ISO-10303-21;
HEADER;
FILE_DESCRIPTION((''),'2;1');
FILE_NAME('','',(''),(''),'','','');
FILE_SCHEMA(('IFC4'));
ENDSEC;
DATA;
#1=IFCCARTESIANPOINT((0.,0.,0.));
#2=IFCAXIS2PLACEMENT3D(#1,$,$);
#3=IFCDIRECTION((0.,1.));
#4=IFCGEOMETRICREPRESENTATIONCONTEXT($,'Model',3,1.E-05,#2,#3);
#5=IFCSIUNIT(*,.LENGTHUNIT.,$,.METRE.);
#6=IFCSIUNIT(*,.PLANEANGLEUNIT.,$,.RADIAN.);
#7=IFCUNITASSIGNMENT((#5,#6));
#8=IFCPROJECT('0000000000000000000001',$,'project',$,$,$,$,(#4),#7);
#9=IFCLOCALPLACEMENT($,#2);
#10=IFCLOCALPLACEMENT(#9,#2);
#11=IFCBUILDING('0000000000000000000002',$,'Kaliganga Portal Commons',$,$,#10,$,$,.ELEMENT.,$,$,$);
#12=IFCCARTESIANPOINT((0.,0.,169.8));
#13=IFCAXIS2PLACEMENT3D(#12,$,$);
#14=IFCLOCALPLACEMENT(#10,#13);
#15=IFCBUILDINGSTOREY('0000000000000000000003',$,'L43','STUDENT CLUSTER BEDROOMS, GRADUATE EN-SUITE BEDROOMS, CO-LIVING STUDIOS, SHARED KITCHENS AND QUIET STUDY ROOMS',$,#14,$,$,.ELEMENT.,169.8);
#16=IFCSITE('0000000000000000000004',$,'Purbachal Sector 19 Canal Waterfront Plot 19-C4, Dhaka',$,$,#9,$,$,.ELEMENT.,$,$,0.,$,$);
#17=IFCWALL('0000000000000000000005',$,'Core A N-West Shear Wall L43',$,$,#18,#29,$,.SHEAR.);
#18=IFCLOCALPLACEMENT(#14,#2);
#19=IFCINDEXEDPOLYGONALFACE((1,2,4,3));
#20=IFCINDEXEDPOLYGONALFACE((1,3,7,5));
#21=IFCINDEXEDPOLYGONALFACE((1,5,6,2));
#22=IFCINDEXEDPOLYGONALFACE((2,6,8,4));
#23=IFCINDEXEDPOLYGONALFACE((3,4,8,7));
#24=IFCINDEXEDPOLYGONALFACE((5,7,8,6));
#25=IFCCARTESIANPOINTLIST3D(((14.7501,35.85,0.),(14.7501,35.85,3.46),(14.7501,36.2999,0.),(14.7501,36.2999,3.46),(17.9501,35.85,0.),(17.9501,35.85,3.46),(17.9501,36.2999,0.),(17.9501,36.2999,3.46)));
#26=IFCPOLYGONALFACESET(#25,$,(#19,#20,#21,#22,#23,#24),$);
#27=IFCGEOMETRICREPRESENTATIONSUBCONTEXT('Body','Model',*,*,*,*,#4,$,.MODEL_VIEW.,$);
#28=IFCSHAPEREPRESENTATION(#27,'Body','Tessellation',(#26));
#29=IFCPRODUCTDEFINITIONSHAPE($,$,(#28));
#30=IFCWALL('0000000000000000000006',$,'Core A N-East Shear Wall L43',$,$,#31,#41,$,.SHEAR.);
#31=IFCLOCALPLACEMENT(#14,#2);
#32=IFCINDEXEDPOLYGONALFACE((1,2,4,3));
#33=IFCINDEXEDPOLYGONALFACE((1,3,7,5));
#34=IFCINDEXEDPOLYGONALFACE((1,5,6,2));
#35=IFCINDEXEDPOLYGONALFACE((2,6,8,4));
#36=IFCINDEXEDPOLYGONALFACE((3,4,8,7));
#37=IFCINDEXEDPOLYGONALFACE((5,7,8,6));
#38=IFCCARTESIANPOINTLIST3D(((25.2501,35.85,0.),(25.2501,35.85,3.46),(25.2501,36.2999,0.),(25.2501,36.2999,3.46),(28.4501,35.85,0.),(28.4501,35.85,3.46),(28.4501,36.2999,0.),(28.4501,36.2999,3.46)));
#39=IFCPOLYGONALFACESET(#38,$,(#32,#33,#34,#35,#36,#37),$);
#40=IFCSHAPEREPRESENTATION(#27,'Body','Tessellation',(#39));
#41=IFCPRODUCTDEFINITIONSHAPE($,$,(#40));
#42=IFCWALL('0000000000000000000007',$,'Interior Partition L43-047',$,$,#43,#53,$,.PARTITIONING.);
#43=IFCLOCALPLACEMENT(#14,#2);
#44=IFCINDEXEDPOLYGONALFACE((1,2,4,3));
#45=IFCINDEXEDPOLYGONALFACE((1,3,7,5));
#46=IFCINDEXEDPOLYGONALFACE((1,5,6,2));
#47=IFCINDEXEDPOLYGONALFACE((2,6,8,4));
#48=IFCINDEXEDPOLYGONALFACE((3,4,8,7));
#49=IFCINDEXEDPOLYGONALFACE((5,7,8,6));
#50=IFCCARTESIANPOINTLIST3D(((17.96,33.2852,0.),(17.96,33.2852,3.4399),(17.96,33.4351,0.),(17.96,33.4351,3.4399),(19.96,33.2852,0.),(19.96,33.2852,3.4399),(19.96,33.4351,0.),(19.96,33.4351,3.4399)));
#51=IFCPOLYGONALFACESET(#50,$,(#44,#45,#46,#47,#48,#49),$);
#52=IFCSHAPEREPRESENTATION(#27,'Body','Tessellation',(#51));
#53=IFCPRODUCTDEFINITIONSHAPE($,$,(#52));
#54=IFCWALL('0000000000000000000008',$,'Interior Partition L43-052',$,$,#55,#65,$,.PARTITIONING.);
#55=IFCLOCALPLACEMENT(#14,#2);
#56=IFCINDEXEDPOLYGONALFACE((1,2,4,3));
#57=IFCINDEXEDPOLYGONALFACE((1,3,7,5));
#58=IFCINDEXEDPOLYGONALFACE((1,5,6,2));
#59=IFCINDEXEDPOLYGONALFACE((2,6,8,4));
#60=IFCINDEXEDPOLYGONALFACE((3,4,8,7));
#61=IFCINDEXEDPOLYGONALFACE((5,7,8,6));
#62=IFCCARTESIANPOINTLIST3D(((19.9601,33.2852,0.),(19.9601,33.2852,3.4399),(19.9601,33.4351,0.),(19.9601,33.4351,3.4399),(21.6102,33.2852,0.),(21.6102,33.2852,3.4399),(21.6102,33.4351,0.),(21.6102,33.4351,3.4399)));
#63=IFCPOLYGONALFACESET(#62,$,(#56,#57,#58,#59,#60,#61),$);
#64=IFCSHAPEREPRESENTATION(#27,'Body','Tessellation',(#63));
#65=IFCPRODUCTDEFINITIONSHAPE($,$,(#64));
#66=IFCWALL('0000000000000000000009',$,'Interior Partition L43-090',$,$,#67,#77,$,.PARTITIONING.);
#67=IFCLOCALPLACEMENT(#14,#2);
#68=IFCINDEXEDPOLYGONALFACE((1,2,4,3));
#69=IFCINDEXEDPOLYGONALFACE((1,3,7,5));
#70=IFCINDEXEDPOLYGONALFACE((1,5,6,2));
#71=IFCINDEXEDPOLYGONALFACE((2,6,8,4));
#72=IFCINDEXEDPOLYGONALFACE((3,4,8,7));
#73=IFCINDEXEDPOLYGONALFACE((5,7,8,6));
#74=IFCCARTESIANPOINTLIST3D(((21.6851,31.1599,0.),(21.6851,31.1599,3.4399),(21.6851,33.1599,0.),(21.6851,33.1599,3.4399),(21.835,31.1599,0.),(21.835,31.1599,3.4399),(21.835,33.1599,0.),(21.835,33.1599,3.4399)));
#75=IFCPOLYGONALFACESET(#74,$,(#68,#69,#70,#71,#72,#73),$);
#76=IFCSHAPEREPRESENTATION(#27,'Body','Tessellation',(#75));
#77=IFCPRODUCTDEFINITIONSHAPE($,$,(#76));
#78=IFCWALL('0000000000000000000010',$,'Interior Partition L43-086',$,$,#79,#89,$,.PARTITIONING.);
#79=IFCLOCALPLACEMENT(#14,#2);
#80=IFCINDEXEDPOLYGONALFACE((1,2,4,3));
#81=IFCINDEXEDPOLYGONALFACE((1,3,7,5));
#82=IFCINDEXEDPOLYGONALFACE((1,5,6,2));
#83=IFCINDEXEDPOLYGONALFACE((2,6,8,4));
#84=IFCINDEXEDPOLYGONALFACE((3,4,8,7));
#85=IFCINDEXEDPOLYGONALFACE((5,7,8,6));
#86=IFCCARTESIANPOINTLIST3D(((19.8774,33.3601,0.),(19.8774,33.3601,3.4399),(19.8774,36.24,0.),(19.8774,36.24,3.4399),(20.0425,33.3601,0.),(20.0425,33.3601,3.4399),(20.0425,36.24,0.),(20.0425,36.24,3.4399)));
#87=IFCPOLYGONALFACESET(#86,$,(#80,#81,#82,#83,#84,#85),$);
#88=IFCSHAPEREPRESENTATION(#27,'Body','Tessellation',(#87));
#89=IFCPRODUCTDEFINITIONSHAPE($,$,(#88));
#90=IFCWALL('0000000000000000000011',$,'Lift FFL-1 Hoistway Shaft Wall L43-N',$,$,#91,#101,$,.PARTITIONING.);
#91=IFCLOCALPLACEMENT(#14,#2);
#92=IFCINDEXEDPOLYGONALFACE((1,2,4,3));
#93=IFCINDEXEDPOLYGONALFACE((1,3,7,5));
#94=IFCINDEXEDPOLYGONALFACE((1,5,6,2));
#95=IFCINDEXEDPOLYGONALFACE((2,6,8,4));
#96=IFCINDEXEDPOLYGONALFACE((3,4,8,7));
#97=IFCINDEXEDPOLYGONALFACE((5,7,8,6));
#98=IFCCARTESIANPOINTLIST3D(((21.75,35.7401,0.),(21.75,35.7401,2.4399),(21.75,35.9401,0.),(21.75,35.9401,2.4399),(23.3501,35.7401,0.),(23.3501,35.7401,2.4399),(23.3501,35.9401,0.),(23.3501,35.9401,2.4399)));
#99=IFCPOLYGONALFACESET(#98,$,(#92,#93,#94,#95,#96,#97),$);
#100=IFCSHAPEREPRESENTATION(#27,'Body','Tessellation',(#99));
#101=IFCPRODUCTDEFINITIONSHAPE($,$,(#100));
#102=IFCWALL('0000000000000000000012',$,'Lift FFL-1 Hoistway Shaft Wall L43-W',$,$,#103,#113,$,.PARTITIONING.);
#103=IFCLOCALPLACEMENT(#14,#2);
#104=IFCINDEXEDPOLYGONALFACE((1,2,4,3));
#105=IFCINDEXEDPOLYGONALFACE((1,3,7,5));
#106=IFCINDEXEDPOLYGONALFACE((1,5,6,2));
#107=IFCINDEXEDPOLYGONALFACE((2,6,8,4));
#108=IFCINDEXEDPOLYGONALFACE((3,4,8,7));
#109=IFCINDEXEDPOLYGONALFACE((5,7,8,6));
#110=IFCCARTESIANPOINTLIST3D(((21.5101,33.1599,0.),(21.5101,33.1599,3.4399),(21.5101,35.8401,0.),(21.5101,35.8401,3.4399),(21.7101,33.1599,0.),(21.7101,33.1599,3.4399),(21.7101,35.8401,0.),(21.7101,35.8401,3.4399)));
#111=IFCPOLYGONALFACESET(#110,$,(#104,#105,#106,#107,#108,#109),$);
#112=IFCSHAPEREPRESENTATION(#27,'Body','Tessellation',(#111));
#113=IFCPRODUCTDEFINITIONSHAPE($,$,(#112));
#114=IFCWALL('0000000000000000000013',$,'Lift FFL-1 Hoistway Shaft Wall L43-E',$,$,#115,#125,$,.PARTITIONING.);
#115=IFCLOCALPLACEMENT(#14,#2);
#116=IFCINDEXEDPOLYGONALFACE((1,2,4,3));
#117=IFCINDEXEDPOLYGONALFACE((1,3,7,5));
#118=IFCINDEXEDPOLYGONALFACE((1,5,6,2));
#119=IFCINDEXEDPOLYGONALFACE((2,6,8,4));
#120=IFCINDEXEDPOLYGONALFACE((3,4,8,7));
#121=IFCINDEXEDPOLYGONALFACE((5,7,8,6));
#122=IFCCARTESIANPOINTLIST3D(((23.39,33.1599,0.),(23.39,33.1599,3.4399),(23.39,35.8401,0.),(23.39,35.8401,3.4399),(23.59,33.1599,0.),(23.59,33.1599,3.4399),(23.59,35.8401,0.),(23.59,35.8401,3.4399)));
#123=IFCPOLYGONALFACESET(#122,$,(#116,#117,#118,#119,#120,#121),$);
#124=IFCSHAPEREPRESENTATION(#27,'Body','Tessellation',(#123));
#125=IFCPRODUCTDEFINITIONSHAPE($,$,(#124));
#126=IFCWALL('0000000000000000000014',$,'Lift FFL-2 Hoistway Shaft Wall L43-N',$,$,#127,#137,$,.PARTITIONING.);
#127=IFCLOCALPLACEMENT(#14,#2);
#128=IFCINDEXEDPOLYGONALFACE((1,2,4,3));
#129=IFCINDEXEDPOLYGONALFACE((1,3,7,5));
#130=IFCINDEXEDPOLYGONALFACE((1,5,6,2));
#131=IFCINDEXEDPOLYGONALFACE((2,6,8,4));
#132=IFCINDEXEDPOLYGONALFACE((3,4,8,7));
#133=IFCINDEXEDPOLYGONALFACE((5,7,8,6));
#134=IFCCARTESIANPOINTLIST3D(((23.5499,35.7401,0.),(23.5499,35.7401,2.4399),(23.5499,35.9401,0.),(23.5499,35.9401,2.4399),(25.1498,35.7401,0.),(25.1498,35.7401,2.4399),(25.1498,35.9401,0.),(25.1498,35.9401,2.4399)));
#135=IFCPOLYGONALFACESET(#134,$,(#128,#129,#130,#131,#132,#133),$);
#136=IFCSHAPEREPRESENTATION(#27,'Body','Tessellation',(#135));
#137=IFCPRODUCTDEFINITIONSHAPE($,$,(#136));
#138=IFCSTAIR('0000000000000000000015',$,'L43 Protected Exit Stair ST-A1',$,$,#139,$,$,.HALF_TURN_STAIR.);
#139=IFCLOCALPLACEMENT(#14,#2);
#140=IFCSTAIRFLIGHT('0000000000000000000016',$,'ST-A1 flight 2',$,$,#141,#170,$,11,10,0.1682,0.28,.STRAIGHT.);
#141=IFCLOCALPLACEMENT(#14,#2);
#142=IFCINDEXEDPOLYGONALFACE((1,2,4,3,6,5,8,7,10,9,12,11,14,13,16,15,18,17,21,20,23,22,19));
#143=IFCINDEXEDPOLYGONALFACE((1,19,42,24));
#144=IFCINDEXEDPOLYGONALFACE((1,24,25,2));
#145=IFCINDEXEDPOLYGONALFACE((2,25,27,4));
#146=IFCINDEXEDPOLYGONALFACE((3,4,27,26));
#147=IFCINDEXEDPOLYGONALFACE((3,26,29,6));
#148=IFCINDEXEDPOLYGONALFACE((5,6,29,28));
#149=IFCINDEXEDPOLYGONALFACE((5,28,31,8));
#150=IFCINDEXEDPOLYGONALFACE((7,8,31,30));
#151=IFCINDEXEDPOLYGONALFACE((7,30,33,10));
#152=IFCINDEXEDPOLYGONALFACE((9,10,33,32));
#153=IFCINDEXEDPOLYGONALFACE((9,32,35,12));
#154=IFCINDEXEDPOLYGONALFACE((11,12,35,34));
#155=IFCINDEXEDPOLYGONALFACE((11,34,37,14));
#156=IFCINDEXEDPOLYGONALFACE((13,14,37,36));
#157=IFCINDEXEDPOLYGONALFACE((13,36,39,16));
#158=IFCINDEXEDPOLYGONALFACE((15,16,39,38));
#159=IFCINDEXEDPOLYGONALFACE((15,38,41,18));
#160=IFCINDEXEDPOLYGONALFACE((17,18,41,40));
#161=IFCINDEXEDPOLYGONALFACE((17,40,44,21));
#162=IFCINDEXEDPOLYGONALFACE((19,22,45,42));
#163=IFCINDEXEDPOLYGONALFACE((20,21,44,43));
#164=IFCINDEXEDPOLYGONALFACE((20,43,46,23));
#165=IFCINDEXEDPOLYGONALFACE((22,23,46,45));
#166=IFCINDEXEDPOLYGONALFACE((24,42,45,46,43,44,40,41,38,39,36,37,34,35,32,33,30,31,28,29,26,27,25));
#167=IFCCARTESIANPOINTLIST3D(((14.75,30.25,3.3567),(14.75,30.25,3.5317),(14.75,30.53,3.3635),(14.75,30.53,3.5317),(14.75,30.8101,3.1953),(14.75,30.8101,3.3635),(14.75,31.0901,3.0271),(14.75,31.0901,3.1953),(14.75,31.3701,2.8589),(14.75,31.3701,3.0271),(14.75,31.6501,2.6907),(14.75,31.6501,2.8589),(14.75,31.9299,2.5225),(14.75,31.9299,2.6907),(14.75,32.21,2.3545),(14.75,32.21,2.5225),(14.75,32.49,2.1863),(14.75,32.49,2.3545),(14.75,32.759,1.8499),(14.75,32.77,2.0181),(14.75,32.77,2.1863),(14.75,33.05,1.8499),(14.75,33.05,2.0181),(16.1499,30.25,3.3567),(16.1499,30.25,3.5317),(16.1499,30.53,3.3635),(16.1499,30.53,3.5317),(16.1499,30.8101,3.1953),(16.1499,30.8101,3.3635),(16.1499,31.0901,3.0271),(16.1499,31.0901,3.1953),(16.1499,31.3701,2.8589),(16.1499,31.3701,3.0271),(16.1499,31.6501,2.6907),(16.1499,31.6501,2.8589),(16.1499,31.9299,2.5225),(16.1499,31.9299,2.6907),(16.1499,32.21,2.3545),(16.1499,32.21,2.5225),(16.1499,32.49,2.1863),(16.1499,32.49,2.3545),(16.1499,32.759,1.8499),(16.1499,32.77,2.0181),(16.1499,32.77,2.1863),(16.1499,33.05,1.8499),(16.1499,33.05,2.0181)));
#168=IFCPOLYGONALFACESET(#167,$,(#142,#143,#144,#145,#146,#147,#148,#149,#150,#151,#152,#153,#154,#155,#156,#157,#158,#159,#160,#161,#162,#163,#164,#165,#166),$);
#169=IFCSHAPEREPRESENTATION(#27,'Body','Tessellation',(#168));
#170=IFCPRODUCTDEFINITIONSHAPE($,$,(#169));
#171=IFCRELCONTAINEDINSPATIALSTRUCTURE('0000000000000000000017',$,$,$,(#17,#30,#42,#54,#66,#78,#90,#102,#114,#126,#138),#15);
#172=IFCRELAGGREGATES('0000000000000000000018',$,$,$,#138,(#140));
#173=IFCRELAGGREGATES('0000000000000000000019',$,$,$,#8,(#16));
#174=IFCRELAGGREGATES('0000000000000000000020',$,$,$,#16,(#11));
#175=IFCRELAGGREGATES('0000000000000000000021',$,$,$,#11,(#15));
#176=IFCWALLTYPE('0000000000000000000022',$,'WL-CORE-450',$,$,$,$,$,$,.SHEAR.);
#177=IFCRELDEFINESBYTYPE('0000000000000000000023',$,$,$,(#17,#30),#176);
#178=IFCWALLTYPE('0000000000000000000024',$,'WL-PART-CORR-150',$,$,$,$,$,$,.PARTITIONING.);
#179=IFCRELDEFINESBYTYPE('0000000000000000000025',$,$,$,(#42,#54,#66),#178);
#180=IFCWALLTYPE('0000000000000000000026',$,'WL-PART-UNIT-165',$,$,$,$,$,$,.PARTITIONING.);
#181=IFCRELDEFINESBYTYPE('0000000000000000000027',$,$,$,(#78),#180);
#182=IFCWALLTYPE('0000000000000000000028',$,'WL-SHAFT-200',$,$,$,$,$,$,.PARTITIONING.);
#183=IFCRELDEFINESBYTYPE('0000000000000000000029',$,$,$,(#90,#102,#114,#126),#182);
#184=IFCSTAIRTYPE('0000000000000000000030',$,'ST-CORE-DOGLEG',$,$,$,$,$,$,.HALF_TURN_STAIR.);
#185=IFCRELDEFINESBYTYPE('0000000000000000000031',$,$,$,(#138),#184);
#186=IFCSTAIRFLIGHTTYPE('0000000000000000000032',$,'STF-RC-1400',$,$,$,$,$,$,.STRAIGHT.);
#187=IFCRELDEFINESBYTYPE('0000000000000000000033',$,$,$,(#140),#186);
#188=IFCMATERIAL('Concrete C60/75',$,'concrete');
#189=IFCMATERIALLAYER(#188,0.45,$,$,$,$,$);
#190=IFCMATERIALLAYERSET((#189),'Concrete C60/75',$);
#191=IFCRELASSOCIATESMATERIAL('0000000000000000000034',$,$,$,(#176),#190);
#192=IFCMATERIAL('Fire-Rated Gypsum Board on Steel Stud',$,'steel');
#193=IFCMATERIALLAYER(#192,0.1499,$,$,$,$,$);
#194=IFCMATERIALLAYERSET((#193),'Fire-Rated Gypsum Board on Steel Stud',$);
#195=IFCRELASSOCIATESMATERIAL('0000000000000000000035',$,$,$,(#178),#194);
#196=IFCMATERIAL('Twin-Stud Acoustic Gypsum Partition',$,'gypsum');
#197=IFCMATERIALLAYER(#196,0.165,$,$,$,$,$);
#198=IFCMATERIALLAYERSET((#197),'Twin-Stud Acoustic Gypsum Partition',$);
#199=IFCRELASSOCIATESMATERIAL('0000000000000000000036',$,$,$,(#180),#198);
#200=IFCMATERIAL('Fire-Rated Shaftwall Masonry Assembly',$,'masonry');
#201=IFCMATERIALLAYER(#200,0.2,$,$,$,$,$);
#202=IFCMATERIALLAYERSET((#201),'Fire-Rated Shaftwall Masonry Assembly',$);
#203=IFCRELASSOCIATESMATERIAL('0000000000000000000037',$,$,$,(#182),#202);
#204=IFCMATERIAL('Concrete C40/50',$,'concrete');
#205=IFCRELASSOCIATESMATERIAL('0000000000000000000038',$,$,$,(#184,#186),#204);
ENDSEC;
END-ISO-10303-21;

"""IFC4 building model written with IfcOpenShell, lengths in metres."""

from ifc_helpers import new_model, si_unit, direction, frame, frame_2d, origin, place, context, subcontext, project, spatial, polyline, rectangle, outline, extrude, material, layer, layer_set, type_object, element, aggregate, save


model = new_model("IFC4")

# Units and contexts
model_context = context("Model", 3, precision=1e-05, world=origin(), true_north=direction((0.0, 1.0)))
body_context = subcontext(model_context, "Body", "Model", "MODEL_VIEW")
ifc_project = project(units=[si_unit("LENGTHUNIT", "METRE"), si_unit("PLANEANGLEUNIT", "RADIAN")], contexts=[model_context])

# Site, building, storey
site_placement = place(None, origin())
site = spatial("IfcSite", under=ifc_project, at=site_placement, Name="Purbachal Sector 19 Canal Waterfront Plot 19-C4, Dhaka", CompositionType="ELEMENT", RefElevation=0.0)
building_placement = place(site_placement, origin())
building = spatial("IfcBuilding", under=site, at=building_placement, Name="Kaliganga Portal Commons", CompositionType="ELEMENT")
storey_placement = place(building_placement, frame((0.0, 0.0, 169.8)))
storey = spatial("IfcBuildingStorey", under=building, at=storey_placement, Name="L43", Description="STUDENT CLUSTER BEDROOMS, GRADUATE EN-SUITE BEDROOMS, CO-LIVING STUDIOS, SHARED KITCHENS AND QUIET STUDY ROOMS", CompositionType="ELEMENT", Elevation=169.8)

# Shared definitions
ifc_material_1 = material(Name="Concrete C60/75", Category="concrete")

# Walls
ifc_layer_1 = layer(ifc_material_1, 0.45)
ifc_layer_set_1 = layer_set([ifc_layer_1], Name="Concrete C60/75")
wall_type_1 = type_object("IfcWallType", Name="WL-CORE-450", PredefinedType="SHEAR", material=ifc_layer_set_1)
for number, where, z_axis, x_axis, name in (
    (1, (14.75, 36.075, 0.0), (0.0, 0.0, 1.0), (1.0, 0.0, 0.0), "Core A N-West Shear Wall L43"),
    (2, (25.25, 36.075, 0.0), (0.0, 0.0, 1.0), (1.0, 0.0, 0.0), "Core A N-East Shear Wall L43"),
):
    element("IfcWall", number, at=place(storey_placement, frame(where, z_axis=z_axis, x_axis=x_axis)), inside=storey, type_object=wall_type_1, Name=name, PredefinedType="SHEAR", context=body_context, shape_type="SweptSolid", body=[
        extrude(rectangle(XDim=3.2, YDim=0.45, at=frame_2d((1.6001, 0.0))), origin(), (0.0, 0.0, 1.0), 3.46),
    ])
ifc_material_2 = material(Name="Fire-Rated Gypsum Board on Steel Stud", Category="steel")
ifc_layer_2 = layer(ifc_material_2, 0.1499)
ifc_layer_set_2 = layer_set([ifc_layer_2], Name="Fire-Rated Gypsum Board on Steel Stud")
wall_type_2 = type_object("IfcWallType", Name="WL-PART-CORR-150", PredefinedType="PARTITIONING", material=ifc_layer_set_2)
wall_1_placement = place(storey_placement, frame((17.96, 33.3601, 0.0), z_axis=(0.0, 0.0, 1.0), x_axis=(1.0, 0.0, 0.0)))
element("IfcWall", 3, at=wall_1_placement, inside=storey, type_object=wall_type_2, Name="Interior Partition L43-047", PredefinedType="PARTITIONING", context=body_context, shape_type="SweptSolid", body=[
    extrude(rectangle(XDim=2.0, YDim=0.1499, at=frame_2d((1.0, 0.0))), origin(), (0.0, 0.0, 1.0), 3.4399),
])
wall_2_placement = place(storey_placement, frame((19.96, 33.3601, 0.0), z_axis=(0.0, 0.0, 1.0), x_axis=(1.0, 0.0, 0.0)))
element("IfcWall", 4, at=wall_2_placement, inside=storey, type_object=wall_type_2, Name="Interior Partition L43-052", PredefinedType="PARTITIONING", context=body_context, shape_type="SweptSolid", body=[
    extrude(rectangle(XDim=1.6501, YDim=0.1499, at=frame_2d((0.8252, 0.0))), origin(), (0.0, 0.0, 1.0), 3.4399),
])
wall_3_placement = place(storey_placement, frame((21.76, 31.1599, 0.0), z_axis=(0.0, 0.0, 1.0), x_axis=(0.0, 1.0, 0.0)))
element("IfcWall", 5, at=wall_3_placement, inside=storey, type_object=wall_type_2, Name="Interior Partition L43-090", PredefinedType="PARTITIONING", context=body_context, shape_type="SweptSolid", body=[
    extrude(rectangle(XDim=2.0, YDim=0.1499, at=frame_2d((1.0, 0.0))), origin(), (0.0, 0.0, 1.0), 3.4399),
])
ifc_material_3 = material(Name="Twin-Stud Acoustic Gypsum Partition", Category="gypsum")
ifc_layer_3 = layer(ifc_material_3, 0.165)
ifc_layer_set_3 = layer_set([ifc_layer_3], Name="Twin-Stud Acoustic Gypsum Partition")
wall_type_3 = type_object("IfcWallType", Name="WL-PART-UNIT-165", PredefinedType="PARTITIONING", material=ifc_layer_set_3)
wall_4_placement = place(storey_placement, frame((19.96, 33.3601, 0.0), z_axis=(0.0, 0.0, 1.0), x_axis=(0.0, 1.0, 0.0)))
element("IfcWall", 6, at=wall_4_placement, inside=storey, type_object=wall_type_3, Name="Interior Partition L43-086", PredefinedType="PARTITIONING", context=body_context, shape_type="SweptSolid", body=[
    extrude(rectangle(XDim=2.8799, YDim=0.165, at=frame_2d((1.4399, 0.0))), origin(), (0.0, 0.0, 1.0), 3.4399),
])

# Shared definitions
ifc_material_4 = material(Name="Fire-Rated Shaftwall Masonry Assembly", Category="masonry")
ifc_layer_4 = layer(ifc_material_4, 0.2)
ifc_layer_set_4 = layer_set([ifc_layer_4], Name="Fire-Rated Shaftwall Masonry Assembly")
wall_type_4 = type_object("IfcWallType", Name="WL-SHAFT-200", PredefinedType="PARTITIONING", material=ifc_layer_set_4)

# Walls
wall_5_placement = place(storey_placement, frame((21.75, 35.8401, 0.0), z_axis=(0.0, 0.0, 1.0), x_axis=(1.0, 0.0, 0.0)))
element("IfcWall", 7, at=wall_5_placement, inside=storey, type_object=wall_type_4, Name="Lift FFL-1 Hoistway Shaft Wall L43-N", PredefinedType="PARTITIONING", context=body_context, shape_type="SweptSolid", body=[
    extrude(rectangle(XDim=1.6001, YDim=0.2, at=frame_2d((0.8, 0.0))), origin(), (0.0, 0.0, 1.0), 2.4399),
])
for number, where, z_axis, x_axis, name in (
    (8, (21.6101, 33.1599, 0.0), (0.0, 0.0, 1.0), (0.0, 1.0, 0.0), "Lift FFL-1 Hoistway Shaft Wall L43-W"),
    (9, (23.49, 33.1599, 0.0), (0.0, 0.0, 1.0), (0.0, 1.0, 0.0), "Lift FFL-1 Hoistway Shaft Wall L43-E"),
):
    element("IfcWall", number, at=place(storey_placement, frame(where, z_axis=z_axis, x_axis=x_axis)), inside=storey, type_object=wall_type_4, Name=name, PredefinedType="PARTITIONING", context=body_context, shape_type="SweptSolid", body=[
        extrude(rectangle(XDim=2.6802, YDim=0.2, at=frame_2d((1.3401, 0.0))), origin(), (0.0, 0.0, 1.0), 3.4399),
    ])

# Wall
wall_6_placement = place(storey_placement, frame((23.55, 35.8401, 0.0), z_axis=(0.0, 0.0, 1.0), x_axis=(1.0, 0.0, 0.0)))
element("IfcWall", 10, at=wall_6_placement, inside=storey, type_object=wall_type_4, Name="Lift FFL-2 Hoistway Shaft Wall L43-N", PredefinedType="PARTITIONING", context=body_context, shape_type="SweptSolid", body=[
    extrude(rectangle(XDim=1.5999, YDim=0.2, at=frame_2d((0.7998, 0.0))), origin(), (0.0, 0.0, 1.0), 2.4399),
])

# Stair, stair flight
ifc_material_5 = material(Name="Concrete C40/50", Category="concrete")
stair_type = type_object("IfcStairType", Name="ST-CORE-DOGLEG", PredefinedType="HALF_TURN_STAIR", material=ifc_material_5)
stair_placement = place(storey_placement, origin())
stair = element("IfcStair", 11, at=stair_placement, inside=storey, type_object=stair_type, Name="L43 Protected Exit Stair ST-A1", PredefinedType="HALF_TURN_STAIR")
stair_flight_type = type_object("IfcStairFlightType", Name="STF-RC-1400", PredefinedType="STRAIGHT", material=ifc_material_5)
stair_flight_placement = place(storey_placement, frame((15.45, 33.05, 1.8499), z_axis=(0.0, 0.0, 1.0), x_axis=(0.0, -1.0, 0.0)))
stair_flight = element("IfcStairFlight", 12, at=stair_flight_placement, type_object=stair_flight_type, Name="ST-A1 flight 2", NumberOfRisers=11, NumberOfTreads=10, PredefinedType="STRAIGHT", RiserHeight=0.1682, TreadLength=0.28, context=body_context, shape_type="SweptSolid", body=[
    extrude(outline(polyline([(0.0, 0.0), (0.0, 0.1682), (0.28, 0.1682), (0.28, 0.3364), (0.5601, 0.3364), (0.5601, 0.5046), (0.8401, 0.5046), (0.8401, 0.6726), (1.1201, 0.6726), (1.1201, 0.8408), (1.3999, 0.8408), (1.3999, 1.009), (1.6799, 1.009), (1.6799, 1.1772), (1.96, 1.1772), (1.96, 1.3455), (2.24, 1.3455), (2.24, 1.5137), (2.52, 1.5137), (2.52, 1.6819), (2.8, 1.6819), (2.8, 1.8501), (2.8, 1.5068), (0.291, 0.0), (0.0, 0.0)])), frame((0.0, 0.7, 0.0), z_axis=(0.0, -1.0, 0.0), x_axis=(1.0, 0.0, 0.0)), (0.0, 0.0, 1.0), 1.3999),
])
aggregate(stair, [stair_flight])

save(model, "model.ifc")
